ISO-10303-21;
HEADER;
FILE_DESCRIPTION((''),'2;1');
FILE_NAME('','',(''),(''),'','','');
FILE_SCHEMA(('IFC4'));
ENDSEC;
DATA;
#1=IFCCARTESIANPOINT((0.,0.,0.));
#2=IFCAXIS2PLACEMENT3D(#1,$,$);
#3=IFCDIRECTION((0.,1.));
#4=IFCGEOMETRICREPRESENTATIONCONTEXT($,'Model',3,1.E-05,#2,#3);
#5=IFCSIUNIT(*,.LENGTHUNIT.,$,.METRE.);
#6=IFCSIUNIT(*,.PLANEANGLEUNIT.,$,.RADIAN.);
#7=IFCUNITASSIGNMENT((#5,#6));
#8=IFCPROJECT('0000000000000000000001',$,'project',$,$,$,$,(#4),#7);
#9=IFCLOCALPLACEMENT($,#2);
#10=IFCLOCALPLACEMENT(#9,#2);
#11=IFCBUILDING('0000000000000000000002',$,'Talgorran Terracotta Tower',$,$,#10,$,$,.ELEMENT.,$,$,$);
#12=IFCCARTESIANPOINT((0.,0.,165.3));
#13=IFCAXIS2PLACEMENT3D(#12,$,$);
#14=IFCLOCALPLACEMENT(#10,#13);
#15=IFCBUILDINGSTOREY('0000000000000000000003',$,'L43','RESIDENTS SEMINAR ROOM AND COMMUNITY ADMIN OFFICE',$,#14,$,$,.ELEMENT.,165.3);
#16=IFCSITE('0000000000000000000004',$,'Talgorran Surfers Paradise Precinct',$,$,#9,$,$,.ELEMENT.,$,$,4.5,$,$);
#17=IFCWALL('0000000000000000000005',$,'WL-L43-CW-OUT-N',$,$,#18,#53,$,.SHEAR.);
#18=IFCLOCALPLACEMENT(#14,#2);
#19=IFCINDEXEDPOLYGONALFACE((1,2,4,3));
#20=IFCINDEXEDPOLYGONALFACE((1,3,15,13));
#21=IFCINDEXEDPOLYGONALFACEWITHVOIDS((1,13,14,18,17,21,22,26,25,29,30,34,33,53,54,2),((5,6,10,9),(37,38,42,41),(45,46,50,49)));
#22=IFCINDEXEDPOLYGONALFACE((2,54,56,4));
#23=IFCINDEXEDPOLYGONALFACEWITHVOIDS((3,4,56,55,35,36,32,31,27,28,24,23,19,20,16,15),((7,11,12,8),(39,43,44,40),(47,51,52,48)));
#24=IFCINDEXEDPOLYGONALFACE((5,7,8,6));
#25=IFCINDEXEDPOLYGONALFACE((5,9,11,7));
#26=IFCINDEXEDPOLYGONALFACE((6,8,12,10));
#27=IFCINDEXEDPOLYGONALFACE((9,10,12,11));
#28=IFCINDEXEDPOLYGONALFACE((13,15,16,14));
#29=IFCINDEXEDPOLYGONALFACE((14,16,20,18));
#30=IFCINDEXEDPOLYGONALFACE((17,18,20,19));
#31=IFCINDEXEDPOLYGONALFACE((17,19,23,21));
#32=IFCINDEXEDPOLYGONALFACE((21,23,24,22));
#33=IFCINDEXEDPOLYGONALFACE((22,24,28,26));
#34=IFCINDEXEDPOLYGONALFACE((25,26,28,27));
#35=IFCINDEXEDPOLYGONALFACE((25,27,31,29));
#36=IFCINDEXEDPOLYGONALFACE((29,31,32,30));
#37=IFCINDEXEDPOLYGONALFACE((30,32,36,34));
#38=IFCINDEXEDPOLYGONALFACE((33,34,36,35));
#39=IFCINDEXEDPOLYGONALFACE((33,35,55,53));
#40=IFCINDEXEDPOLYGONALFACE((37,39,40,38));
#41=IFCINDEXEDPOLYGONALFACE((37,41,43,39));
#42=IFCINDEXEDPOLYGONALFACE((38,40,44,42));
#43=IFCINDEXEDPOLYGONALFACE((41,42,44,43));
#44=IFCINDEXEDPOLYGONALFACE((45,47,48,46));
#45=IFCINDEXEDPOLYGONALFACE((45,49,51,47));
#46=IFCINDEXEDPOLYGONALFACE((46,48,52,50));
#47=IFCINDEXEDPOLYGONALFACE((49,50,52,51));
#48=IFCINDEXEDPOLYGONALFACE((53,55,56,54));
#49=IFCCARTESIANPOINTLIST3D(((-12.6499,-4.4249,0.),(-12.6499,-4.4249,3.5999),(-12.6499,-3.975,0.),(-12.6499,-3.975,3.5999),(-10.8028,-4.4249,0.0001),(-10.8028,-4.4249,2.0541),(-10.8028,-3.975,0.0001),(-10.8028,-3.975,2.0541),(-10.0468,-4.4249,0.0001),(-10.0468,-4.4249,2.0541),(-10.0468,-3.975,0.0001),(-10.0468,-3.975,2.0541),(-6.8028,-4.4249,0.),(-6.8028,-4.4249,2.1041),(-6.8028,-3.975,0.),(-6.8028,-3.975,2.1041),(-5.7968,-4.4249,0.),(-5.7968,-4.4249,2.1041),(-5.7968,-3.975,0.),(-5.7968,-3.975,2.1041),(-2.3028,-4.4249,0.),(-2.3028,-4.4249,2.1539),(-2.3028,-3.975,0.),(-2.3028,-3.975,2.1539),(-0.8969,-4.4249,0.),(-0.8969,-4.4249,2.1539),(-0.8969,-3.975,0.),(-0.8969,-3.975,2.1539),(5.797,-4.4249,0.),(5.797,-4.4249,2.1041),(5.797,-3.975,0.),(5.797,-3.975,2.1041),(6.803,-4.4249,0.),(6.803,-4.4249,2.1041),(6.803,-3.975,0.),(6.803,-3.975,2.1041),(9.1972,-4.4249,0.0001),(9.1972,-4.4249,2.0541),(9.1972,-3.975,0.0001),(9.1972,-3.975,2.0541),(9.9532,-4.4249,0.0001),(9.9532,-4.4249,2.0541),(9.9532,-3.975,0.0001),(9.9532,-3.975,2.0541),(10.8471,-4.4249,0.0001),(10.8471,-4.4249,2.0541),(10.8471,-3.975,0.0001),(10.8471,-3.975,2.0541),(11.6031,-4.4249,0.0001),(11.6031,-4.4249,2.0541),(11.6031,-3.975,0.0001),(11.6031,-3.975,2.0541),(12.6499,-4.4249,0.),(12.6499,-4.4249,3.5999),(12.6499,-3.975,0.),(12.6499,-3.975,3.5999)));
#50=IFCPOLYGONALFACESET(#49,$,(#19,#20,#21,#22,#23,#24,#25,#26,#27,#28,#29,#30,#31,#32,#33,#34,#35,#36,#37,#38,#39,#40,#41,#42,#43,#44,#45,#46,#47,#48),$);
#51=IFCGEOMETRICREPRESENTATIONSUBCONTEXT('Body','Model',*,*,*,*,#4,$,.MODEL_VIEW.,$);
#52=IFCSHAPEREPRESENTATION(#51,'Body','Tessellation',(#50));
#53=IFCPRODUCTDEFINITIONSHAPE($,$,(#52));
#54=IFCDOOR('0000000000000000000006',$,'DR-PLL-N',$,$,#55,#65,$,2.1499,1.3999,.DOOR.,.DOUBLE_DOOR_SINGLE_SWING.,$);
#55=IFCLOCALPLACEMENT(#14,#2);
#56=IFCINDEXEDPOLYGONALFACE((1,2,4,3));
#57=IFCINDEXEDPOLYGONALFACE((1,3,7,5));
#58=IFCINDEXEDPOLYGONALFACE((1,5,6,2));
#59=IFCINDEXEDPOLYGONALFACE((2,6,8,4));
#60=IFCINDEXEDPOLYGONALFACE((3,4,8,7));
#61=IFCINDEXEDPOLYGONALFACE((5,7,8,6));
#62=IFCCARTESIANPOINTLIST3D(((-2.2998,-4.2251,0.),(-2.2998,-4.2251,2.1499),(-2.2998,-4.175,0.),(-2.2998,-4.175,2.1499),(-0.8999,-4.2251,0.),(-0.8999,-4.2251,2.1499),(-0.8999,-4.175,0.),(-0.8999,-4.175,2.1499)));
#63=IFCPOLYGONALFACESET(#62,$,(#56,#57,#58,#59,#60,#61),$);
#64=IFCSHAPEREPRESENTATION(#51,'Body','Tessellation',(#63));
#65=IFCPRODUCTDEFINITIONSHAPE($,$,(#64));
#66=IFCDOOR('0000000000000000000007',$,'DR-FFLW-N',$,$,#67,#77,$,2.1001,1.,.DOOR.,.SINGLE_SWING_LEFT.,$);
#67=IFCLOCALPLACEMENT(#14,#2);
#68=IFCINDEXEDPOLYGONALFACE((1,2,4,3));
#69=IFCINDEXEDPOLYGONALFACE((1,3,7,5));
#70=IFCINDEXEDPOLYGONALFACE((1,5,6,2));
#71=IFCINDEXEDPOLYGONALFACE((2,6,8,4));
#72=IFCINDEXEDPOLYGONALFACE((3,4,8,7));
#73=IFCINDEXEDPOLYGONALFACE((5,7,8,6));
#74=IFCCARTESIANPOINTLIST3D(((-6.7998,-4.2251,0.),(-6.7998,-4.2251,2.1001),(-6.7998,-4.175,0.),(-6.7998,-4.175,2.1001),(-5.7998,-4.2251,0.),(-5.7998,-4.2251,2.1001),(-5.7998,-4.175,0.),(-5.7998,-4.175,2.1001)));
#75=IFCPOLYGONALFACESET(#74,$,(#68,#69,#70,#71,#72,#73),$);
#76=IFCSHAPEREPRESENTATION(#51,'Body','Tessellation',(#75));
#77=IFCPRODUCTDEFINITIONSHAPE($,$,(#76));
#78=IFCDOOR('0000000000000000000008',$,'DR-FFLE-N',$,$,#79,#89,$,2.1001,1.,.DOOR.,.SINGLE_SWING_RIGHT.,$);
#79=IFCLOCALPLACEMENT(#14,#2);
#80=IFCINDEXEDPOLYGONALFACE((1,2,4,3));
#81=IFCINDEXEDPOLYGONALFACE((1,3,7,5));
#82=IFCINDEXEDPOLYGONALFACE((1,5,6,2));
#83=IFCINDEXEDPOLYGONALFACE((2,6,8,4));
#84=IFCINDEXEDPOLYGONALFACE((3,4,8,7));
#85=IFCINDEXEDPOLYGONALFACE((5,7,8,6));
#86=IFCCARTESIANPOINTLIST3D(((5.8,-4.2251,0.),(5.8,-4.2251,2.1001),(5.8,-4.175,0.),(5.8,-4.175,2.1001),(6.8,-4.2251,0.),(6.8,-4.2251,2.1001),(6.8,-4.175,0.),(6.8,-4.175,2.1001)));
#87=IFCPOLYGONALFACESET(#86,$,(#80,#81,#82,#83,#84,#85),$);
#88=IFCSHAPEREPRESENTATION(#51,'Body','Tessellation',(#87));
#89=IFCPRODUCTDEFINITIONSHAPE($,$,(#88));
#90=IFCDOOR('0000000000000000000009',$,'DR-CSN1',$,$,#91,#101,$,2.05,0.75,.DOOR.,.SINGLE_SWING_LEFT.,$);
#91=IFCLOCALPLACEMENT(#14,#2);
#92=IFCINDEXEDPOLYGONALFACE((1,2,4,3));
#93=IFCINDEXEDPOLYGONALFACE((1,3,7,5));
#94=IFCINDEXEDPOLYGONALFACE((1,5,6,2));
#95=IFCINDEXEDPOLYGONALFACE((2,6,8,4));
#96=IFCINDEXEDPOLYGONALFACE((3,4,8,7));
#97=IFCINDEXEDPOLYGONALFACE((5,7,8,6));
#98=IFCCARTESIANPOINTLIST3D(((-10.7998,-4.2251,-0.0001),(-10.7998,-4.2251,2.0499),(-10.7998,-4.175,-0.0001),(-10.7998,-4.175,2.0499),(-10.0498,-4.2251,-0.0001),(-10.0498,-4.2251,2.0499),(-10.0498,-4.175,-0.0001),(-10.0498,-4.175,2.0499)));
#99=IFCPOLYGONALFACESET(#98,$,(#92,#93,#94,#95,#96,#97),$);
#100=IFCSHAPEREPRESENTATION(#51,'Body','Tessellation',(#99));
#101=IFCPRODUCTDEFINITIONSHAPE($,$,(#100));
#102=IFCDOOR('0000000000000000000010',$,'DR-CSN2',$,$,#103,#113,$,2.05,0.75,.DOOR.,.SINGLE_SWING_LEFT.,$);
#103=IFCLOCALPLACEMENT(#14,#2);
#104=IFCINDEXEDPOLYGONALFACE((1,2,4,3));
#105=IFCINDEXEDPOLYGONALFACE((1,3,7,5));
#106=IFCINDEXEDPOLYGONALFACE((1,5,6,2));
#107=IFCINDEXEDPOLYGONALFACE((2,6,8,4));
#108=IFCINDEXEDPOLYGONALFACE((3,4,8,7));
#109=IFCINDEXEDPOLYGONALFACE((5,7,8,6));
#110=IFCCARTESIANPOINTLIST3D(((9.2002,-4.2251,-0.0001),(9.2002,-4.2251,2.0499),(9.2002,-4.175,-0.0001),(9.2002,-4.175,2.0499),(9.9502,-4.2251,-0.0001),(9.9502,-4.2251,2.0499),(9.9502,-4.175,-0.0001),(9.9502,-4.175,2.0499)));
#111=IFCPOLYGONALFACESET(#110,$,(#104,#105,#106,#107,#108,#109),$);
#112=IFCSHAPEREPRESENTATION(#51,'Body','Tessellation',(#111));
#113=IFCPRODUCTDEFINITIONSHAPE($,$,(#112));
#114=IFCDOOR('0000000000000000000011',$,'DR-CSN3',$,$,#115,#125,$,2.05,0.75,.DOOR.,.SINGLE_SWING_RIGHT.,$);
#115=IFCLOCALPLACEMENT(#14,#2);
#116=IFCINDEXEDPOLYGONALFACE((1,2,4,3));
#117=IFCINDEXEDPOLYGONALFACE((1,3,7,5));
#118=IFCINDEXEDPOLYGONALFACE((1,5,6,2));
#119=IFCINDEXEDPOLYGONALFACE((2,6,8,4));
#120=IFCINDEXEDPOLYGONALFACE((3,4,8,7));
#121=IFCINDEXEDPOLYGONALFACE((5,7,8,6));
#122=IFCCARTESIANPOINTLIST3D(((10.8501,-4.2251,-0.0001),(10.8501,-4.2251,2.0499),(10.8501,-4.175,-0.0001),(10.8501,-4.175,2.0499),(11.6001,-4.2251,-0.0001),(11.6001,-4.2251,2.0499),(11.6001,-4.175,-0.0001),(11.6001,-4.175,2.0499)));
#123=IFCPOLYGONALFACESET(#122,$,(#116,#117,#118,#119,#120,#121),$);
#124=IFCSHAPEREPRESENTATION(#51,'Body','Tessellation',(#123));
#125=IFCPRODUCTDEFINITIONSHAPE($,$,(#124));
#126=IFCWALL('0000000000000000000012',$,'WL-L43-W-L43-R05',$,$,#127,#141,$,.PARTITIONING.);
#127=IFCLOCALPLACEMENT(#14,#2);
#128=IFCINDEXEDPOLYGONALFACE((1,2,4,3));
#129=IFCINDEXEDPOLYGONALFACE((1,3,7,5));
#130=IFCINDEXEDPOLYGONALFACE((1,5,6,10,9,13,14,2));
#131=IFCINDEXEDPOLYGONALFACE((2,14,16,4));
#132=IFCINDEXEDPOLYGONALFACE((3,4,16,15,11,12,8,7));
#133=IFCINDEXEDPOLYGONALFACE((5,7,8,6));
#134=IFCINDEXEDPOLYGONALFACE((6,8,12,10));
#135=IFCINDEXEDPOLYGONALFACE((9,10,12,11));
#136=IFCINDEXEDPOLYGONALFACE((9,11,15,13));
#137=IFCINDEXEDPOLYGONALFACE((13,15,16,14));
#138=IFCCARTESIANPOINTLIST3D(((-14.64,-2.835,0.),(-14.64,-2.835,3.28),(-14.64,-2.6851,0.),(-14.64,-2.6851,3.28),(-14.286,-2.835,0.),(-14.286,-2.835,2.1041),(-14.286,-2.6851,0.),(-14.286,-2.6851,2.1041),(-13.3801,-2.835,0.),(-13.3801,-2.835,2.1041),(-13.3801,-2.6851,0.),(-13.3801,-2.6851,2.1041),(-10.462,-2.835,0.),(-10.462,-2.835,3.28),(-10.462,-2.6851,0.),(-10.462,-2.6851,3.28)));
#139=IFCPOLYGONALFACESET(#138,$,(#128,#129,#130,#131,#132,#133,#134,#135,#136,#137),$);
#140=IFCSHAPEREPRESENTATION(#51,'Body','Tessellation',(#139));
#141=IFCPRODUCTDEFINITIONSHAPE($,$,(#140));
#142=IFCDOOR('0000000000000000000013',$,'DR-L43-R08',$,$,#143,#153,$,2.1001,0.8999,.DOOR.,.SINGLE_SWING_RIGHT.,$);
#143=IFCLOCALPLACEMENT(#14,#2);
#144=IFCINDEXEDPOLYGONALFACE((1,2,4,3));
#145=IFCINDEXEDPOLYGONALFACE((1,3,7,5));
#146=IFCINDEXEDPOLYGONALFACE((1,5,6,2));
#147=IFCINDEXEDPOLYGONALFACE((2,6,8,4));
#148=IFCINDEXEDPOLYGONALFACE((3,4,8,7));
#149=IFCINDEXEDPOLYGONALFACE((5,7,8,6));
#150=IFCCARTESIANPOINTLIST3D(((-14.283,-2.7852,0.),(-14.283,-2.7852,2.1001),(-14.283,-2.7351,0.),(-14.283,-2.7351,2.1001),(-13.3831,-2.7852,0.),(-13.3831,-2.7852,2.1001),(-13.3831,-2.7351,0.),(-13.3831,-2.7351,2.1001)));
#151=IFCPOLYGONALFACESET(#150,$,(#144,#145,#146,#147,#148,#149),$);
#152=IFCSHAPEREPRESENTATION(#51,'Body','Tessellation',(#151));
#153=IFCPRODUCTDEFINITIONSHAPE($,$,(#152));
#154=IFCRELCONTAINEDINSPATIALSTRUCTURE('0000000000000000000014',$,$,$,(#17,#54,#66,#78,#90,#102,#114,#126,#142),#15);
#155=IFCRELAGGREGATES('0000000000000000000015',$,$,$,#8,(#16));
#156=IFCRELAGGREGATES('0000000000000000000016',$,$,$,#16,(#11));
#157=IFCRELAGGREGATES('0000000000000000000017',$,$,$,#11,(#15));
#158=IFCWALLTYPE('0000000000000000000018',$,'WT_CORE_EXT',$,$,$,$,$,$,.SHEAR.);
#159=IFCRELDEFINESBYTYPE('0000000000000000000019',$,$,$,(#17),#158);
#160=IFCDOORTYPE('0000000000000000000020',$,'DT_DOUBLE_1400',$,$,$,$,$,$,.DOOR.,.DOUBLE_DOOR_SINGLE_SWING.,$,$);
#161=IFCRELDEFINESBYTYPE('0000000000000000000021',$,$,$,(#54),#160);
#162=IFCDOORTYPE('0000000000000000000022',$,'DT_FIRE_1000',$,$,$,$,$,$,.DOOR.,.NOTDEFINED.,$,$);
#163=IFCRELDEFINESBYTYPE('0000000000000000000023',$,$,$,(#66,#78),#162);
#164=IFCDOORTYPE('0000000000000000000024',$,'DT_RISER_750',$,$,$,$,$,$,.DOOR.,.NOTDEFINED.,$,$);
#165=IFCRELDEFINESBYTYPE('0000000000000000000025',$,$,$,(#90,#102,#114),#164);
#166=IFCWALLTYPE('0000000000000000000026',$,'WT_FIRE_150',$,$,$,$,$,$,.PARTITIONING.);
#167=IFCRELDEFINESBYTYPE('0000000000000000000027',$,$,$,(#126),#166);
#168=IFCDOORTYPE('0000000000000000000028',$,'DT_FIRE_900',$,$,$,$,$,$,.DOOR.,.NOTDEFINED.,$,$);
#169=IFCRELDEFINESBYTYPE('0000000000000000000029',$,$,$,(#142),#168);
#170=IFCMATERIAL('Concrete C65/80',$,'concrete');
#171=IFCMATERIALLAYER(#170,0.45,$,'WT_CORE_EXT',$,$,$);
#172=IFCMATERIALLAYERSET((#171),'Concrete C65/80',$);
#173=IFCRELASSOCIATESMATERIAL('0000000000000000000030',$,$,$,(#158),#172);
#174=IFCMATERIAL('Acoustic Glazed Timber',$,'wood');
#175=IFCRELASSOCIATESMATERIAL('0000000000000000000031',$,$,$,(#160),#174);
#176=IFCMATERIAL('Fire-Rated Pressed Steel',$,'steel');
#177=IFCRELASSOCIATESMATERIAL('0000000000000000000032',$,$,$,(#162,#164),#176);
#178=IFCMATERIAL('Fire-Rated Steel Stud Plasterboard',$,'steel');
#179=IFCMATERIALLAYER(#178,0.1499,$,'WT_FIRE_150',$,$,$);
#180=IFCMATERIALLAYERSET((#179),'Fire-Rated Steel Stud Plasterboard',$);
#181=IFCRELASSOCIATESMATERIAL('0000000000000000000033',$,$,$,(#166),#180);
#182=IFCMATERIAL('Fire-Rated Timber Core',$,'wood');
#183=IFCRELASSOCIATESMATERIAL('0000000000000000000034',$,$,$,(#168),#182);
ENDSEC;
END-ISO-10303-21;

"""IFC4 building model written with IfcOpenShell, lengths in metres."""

from ifc_helpers import new_model, si_unit, direction, frame, frame_2d, origin, place, context, subcontext, project, spatial, rectangle, extrude, material, layer, layer_set, type_object, element, fill, save


model = new_model("IFC4")

# Units and contexts
model_context = context("Model", 3, precision=1e-05, world=origin(), true_north=direction((0.0, 1.0)))
body_context = subcontext(model_context, "Body", "Model", "MODEL_VIEW")
ifc_project = project(units=[si_unit("LENGTHUNIT", "METRE"), si_unit("PLANEANGLEUNIT", "RADIAN")], contexts=[model_context])

# Site, building, storey
site_placement = place(None, origin())
site = spatial("IfcSite", under=ifc_project, at=site_placement, Name="Talgorran Surfers Paradise Precinct", CompositionType="ELEMENT", RefElevation=4.5)
building_placement = place(site_placement, origin())
building = spatial("IfcBuilding", under=site, at=building_placement, Name="Talgorran Terracotta Tower", CompositionType="ELEMENT")
storey_placement = place(building_placement, frame((0.0, 0.0, 165.3)))
storey = spatial("IfcBuildingStorey", under=building, at=storey_placement, Name="L43", Description="RESIDENTS SEMINAR ROOM AND COMMUNITY ADMIN OFFICE", CompositionType="ELEMENT", Elevation=165.3)

# Wall, openings, doors
ifc_material_1 = material(Name="Concrete C65/80", Category="concrete")
ifc_layer_1 = layer(ifc_material_1, 0.45, Name="WT_CORE_EXT")
ifc_layer_set_1 = layer_set([ifc_layer_1], Name="Concrete C65/80")
wall_type_1 = type_object("IfcWallType", Name="WT_CORE_EXT", PredefinedType="SHEAR", material=ifc_layer_set_1)
wall_1_placement = place(storey_placement, frame((-12.6499, -4.2, 0.0), z_axis=(0.0, 0.0, 1.0), x_axis=(1.0, 0.0, 0.0)))
wall_1 = element("IfcWall", 1, at=wall_1_placement, inside=storey, type_object=wall_type_1, Name="WL-L43-CW-OUT-N", PredefinedType="SHEAR", context=body_context, shape_type="SweptSolid", body=[
    extrude(rectangle(XDim=25.2998, YDim=0.45, at=frame_2d((12.6499, 0.0))), origin(), (0.0, 0.0, 1.0), 3.5999),
])
opening_1_placement = place(wall_1_placement, frame((1.8501, 0.0, 0.0)))
opening_1 = element("IfcOpeningElement", 2, at=opening_1_placement, cuts=wall_1, PredefinedType="OPENING", context=body_context, shape_type="SweptSolid", body=[
    extrude(rectangle(XDim=0.756, YDim=2.054, at=frame_2d((0.375, 1.0271))), frame((0.0, 0.2349, 0.0), z_axis=(0.0, -1.0, 0.0), x_axis=(1.0, 0.0, 0.0)), (0.0, 0.0, 1.0), 0.47),
])
opening_2_placement = place(wall_1_placement, frame((21.8501, 0.0, 0.0)))
opening_2 = element("IfcOpeningElement", 3, at=opening_2_placement, cuts=wall_1, PredefinedType="OPENING", context=body_context, shape_type="SweptSolid", body=[
    extrude(rectangle(XDim=0.756, YDim=2.054, at=frame_2d((0.375, 1.0271))), frame((0.0, 0.2349, 0.0), z_axis=(0.0, -1.0, 0.0), x_axis=(1.0, 0.0, 0.0)), (0.0, 0.0, 1.0), 0.47),
])
opening_3_placement = place(wall_1_placement, frame((23.5, 0.0, 0.0)))
opening_3 = element("IfcOpeningElement", 4, at=opening_3_placement, cuts=wall_1, PredefinedType="OPENING", context=body_context, shape_type="SweptSolid", body=[
    extrude(rectangle(XDim=0.756, YDim=2.054, at=frame_2d((0.375, 1.0271))), frame((0.0, 0.2349, 0.0), z_axis=(0.0, -1.0, 0.0), x_axis=(1.0, 0.0, 0.0)), (0.0, 0.0, 1.0), 0.47),
])
opening_4_placement = place(wall_1_placement, frame((5.8501, 0.0, 0.0)))
opening_4 = element("IfcOpeningElement", 5, at=opening_4_placement, cuts=wall_1, PredefinedType="OPENING", context=body_context, shape_type="SweptSolid", body=[
    extrude(rectangle(XDim=1.006, YDim=2.1041, at=frame_2d((0.5, 1.052))), frame((0.0, 0.2349, 0.0), z_axis=(0.0, -1.0, 0.0), x_axis=(1.0, 0.0, 0.0)), (0.0, 0.0, 1.0), 0.47),
])
opening_5_placement = place(wall_1_placement, frame((10.3501, 0.0, 0.0)))
opening_5 = element("IfcOpeningElement", 6, at=opening_5_placement, cuts=wall_1, PredefinedType="OPENING", context=body_context, shape_type="SweptSolid", body=[
    extrude(rectangle(XDim=1.4059, YDim=2.1539, at=frame_2d((0.7, 1.0769))), frame((0.0, 0.2349, 0.0), z_axis=(0.0, -1.0, 0.0), x_axis=(1.0, 0.0, 0.0)), (0.0, 0.0, 1.0), 0.47),
])
opening_6_placement = place(wall_1_placement, frame((18.45, 0.0, 0.0)))
opening_6 = element("IfcOpeningElement", 7, at=opening_6_placement, cuts=wall_1, PredefinedType="OPENING", context=body_context, shape_type="SweptSolid", body=[
    extrude(rectangle(XDim=1.006, YDim=2.1041, at=frame_2d((0.5, 1.052))), frame((0.0, 0.2349, 0.0), z_axis=(0.0, -1.0, 0.0), x_axis=(1.0, 0.0, 0.0)), (0.0, 0.0, 1.0), 0.47),
])
ifc_material_2 = material(Name="Acoustic Glazed Timber", Category="wood")
door_type_1 = type_object("IfcDoorType", Name="DT_DOUBLE_1400", OperationType="DOUBLE_DOOR_SINGLE_SWING", PredefinedType="DOOR", material=ifc_material_2)
door_1_placement = place(opening_5_placement, origin())
door_1 = element("IfcDoor", 8, at=door_1_placement, inside=storey, type_object=door_type_1, Name="DR-PLL-N", OperationType="DOUBLE_DOOR_SINGLE_SWING", OverallHeight=2.1499, OverallWidth=1.3999, PredefinedType="DOOR", context=body_context, shape_type="SweptSolid", body=[
    extrude(rectangle(XDim=1.3999, YDim=2.1499, at=frame_2d((0.7, 1.075))), frame((0.0, 0.0249, 0.0), z_axis=(0.0, -1.0, 0.0), x_axis=(1.0, 0.0, 0.0)), (0.0, 0.0, 1.0), 0.05),
])
fill(opening_5, door_1)
ifc_material_3 = material(Name="Fire-Rated Pressed Steel", Category="steel")
door_type_2 = type_object("IfcDoorType", Name="DT_FIRE_1000", OperationType="NOTDEFINED", PredefinedType="DOOR", material=ifc_material_3)
door_2_placement = place(opening_4_placement, origin())
door_2 = element("IfcDoor", 9, at=door_2_placement, inside=storey, type_object=door_type_2, Name="DR-FFLW-N", OperationType="SINGLE_SWING_LEFT", OverallHeight=2.1001, OverallWidth=1.0, PredefinedType="DOOR", context=body_context, shape_type="SweptSolid", body=[
    extrude(rectangle(XDim=1.0, YDim=2.1001, at=frame_2d((0.5, 1.05))), frame((0.0, 0.0249, 0.0), z_axis=(0.0, -1.0, 0.0), x_axis=(1.0, 0.0, 0.0)), (0.0, 0.0, 1.0), 0.05),
])
fill(opening_4, door_2)
door_3_placement = place(opening_6_placement, origin())
door_3 = element("IfcDoor", 10, at=door_3_placement, inside=storey, type_object=door_type_2, Name="DR-FFLE-N", OperationType="SINGLE_SWING_RIGHT", OverallHeight=2.1001, OverallWidth=1.0, PredefinedType="DOOR", context=body_context, shape_type="SweptSolid", body=[
    extrude(rectangle(XDim=1.0, YDim=2.1001, at=frame_2d((0.5, 1.05))), frame((0.0, 0.0249, 0.0), z_axis=(0.0, -1.0, 0.0), x_axis=(1.0, 0.0, 0.0)), (0.0, 0.0, 1.0), 0.05),
])
fill(opening_6, door_3)
door_type_3 = type_object("IfcDoorType", Name="DT_RISER_750", OperationType="NOTDEFINED", PredefinedType="DOOR", material=ifc_material_3)
door_4_placement = place(opening_1_placement, origin())
door_4 = element("IfcDoor", 11, at=door_4_placement, inside=storey, type_object=door_type_3, Name="DR-CSN1", OperationType="SINGLE_SWING_LEFT", OverallHeight=2.05, OverallWidth=0.75, PredefinedType="DOOR", context=body_context, shape_type="SweptSolid", body=[
    extrude(rectangle(XDim=0.75, YDim=2.05, at=frame_2d((0.375, 1.0249))), frame((0.0, 0.0249, 0.0), z_axis=(0.0, -1.0, 0.0), x_axis=(1.0, 0.0, 0.0)), (0.0, 0.0, 1.0), 0.05),
])
fill(opening_1, door_4)
door_5_placement = place(opening_2_placement, origin())
door_5 = element("IfcDoor", 12, at=door_5_placement, inside=storey, type_object=door_type_3, Name="DR-CSN2", OperationType="SINGLE_SWING_LEFT", OverallHeight=2.05, OverallWidth=0.75, PredefinedType="DOOR", context=body_context, shape_type="SweptSolid", body=[
    extrude(rectangle(XDim=0.75, YDim=2.05, at=frame_2d((0.375, 1.0249))), frame((0.0, 0.0249, 0.0), z_axis=(0.0, -1.0, 0.0), x_axis=(1.0, 0.0, 0.0)), (0.0, 0.0, 1.0), 0.05),
])
fill(opening_2, door_5)
door_6_placement = place(opening_3_placement, origin())
door_6 = element("IfcDoor", 13, at=door_6_placement, inside=storey, type_object=door_type_3, Name="DR-CSN3", OperationType="SINGLE_SWING_RIGHT", OverallHeight=2.05, OverallWidth=0.75, PredefinedType="DOOR", context=body_context, shape_type="SweptSolid", body=[
    extrude(rectangle(XDim=0.75, YDim=2.05, at=frame_2d((0.375, 1.0249))), frame((0.0, 0.0249, 0.0), z_axis=(0.0, -1.0, 0.0), x_axis=(1.0, 0.0, 0.0)), (0.0, 0.0, 1.0), 0.05),
])
fill(opening_3, door_6)

# Wall, opening, door
ifc_material_4 = material(Name="Fire-Rated Steel Stud Plasterboard", Category="steel")
ifc_layer_2 = layer(ifc_material_4, 0.1499, Name="WT_FIRE_150")
ifc_layer_set_2 = layer_set([ifc_layer_2], Name="Fire-Rated Steel Stud Plasterboard")
wall_type_2 = type_object("IfcWallType", Name="WT_FIRE_150", PredefinedType="PARTITIONING", material=ifc_layer_set_2)
wall_2_placement = place(storey_placement, frame((-14.6399, -2.76, 0.0), z_axis=(0.0, 0.0, 1.0), x_axis=(1.0, 0.0, 0.0)))
wall_2 = element("IfcWall", 14, at=wall_2_placement, inside=storey, type_object=wall_type_2, Name="WL-L43-W-L43-R05", PredefinedType="PARTITIONING", context=body_context, shape_type="SweptSolid", body=[
    extrude(rectangle(XDim=4.178, YDim=0.1499, at=frame_2d((2.0889, 0.0))), origin(), (0.0, 0.0, 1.0), 3.28),
])
opening_7_placement = place(wall_2_placement, frame((0.3569, 0.0, 0.0)))
opening_7 = element("IfcOpeningElement", 15, at=opening_7_placement, cuts=wall_2, PredefinedType="OPENING", context=body_context, shape_type="SweptSolid", body=[
    extrude(rectangle(XDim=0.9059, YDim=2.1041, at=frame_2d((0.45, 1.052))), frame((0.0, 0.085, 0.0), z_axis=(0.0, -1.0, 0.0), x_axis=(1.0, 0.0, 0.0)), (0.0, 0.0, 1.0), 0.1699),
])
ifc_material_5 = material(Name="Fire-Rated Timber Core", Category="wood")
door_type_4 = type_object("IfcDoorType", Name="DT_FIRE_900", OperationType="NOTDEFINED", PredefinedType="DOOR", material=ifc_material_5)
door_7_placement = place(opening_7_placement, origin())
door_7 = element("IfcDoor", 16, at=door_7_placement, inside=storey, type_object=door_type_4, Name="DR-L43-R08", OperationType="SINGLE_SWING_RIGHT", OverallHeight=2.1001, OverallWidth=0.8999, PredefinedType="DOOR", context=body_context, shape_type="SweptSolid", body=[
    extrude(rectangle(XDim=0.8999, YDim=2.1001, at=frame_2d((0.45, 1.05))), frame((0.0, 0.0249, 0.0), z_axis=(0.0, -1.0, 0.0), x_axis=(1.0, 0.0, 0.0)), (0.0, 0.0, 1.0), 0.05),
])
fill(opening_7, door_7)

save(model, "model.ifc")
